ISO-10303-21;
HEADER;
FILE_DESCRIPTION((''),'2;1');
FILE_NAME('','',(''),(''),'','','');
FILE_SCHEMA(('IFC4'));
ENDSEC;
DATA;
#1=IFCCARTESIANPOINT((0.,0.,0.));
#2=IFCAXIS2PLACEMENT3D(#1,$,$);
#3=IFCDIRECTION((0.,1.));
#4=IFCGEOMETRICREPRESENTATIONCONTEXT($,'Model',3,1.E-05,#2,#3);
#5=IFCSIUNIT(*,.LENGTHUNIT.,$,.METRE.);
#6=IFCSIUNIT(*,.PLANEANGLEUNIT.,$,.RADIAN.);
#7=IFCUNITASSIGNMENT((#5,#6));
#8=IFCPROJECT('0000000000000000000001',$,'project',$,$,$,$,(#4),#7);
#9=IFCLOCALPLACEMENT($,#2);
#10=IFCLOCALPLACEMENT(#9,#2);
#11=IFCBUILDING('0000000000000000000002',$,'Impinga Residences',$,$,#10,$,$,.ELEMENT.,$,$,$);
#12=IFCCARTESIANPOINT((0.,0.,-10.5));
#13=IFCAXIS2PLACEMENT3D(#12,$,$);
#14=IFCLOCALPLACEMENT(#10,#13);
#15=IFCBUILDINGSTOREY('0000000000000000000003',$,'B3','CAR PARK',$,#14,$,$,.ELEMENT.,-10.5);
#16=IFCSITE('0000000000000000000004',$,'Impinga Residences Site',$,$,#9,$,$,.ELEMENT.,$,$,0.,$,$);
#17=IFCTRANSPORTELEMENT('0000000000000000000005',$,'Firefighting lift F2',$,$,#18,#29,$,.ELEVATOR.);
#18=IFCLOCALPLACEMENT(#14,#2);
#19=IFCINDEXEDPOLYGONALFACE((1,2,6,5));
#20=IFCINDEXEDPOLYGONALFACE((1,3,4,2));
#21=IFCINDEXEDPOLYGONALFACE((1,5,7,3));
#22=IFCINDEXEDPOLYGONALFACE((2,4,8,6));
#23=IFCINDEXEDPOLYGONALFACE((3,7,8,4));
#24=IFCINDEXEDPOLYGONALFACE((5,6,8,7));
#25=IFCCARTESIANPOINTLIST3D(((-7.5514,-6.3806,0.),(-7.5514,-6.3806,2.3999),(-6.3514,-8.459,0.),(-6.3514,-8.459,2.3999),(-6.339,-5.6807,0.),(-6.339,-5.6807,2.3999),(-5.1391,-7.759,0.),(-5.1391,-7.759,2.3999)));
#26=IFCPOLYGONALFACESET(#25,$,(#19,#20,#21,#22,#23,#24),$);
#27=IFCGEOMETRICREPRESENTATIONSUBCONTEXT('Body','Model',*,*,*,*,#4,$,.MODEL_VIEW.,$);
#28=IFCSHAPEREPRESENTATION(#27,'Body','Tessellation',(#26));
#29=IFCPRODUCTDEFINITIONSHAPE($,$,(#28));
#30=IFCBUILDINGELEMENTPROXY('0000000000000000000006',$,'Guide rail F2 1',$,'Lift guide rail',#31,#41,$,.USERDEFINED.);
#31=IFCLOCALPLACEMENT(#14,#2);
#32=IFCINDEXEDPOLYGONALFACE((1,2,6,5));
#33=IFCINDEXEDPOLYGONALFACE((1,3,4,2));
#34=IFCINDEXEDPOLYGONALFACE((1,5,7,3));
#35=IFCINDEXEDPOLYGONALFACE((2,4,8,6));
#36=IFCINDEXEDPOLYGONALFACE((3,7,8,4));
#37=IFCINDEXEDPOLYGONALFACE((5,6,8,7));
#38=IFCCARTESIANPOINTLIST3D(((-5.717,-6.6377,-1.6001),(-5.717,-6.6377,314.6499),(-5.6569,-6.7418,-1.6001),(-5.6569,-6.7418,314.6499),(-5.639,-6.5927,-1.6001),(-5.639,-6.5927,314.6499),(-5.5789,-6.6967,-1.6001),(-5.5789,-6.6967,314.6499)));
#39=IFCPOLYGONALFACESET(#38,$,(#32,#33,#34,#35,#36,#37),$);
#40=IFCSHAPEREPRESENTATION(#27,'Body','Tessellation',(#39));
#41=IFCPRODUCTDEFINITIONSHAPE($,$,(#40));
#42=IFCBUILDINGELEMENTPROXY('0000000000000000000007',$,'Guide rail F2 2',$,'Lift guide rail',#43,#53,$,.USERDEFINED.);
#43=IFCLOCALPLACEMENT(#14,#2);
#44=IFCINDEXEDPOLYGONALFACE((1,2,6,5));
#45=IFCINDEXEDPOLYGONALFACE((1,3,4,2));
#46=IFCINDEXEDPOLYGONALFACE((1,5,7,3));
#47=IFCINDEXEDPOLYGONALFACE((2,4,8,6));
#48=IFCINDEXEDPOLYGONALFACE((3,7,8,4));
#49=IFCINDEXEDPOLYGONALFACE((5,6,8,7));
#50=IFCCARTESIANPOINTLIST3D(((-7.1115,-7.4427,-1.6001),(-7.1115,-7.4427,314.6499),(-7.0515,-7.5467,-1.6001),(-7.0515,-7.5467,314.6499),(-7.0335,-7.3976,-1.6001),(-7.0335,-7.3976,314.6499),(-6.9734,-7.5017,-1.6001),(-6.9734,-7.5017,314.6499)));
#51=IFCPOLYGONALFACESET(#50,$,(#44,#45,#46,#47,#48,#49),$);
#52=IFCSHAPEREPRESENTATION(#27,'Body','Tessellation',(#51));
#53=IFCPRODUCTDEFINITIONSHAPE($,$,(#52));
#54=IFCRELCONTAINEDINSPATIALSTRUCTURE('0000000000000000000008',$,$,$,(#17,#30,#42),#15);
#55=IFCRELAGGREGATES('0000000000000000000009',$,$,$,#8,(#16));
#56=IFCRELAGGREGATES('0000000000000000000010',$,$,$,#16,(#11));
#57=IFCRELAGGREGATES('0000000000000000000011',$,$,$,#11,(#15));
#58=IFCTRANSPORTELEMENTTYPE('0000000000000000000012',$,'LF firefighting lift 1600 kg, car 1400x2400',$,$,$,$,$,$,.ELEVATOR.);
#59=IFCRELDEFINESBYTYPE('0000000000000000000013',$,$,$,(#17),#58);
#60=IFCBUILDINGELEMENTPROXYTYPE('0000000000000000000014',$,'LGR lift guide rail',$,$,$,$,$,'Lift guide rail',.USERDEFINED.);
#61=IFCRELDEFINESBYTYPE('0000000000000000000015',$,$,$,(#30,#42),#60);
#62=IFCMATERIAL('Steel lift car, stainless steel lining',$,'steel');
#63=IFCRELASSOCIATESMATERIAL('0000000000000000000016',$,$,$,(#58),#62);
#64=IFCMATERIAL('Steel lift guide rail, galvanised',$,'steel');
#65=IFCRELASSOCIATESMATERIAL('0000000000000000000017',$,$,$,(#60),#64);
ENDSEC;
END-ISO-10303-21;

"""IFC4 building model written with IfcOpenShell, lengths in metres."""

from ifc_helpers import new_model, si_unit, direction, frame, origin, origin_2d, place, context, subcontext, project, spatial, rectangle, extrude, material, type_object, element, save


model = new_model("IFC4")

# Units and contexts
model_context = context("Model", 3, precision=1e-05, world=origin(), true_north=direction((0.0, 1.0)))
body_context = subcontext(model_context, "Body", "Model", "MODEL_VIEW")
ifc_project = project(units=[si_unit("LENGTHUNIT", "METRE"), si_unit("PLANEANGLEUNIT", "RADIAN")], contexts=[model_context])

# Site, building, storey
site_placement = place(None, origin())
site = spatial("IfcSite", under=ifc_project, at=site_placement, Name="Impinga Residences Site", CompositionType="ELEMENT", RefElevation=0.0)
building_placement = place(site_placement, origin())
building = spatial("IfcBuilding", under=site, at=building_placement, Name="Impinga Residences", CompositionType="ELEMENT")
storey_placement = place(building_placement, frame((0.0, 0.0, -10.5)))
storey = spatial("IfcBuildingStorey", under=building, at=storey_placement, Name="B3", Description="CAR PARK", CompositionType="ELEMENT", Elevation=-10.5)

# Transport element
ifc_material_1 = material(Name="Steel lift car, stainless steel lining", Category="steel")
transport_element_type = type_object("IfcTransportElementType", Name="LF firefighting lift 1600 kg, car 1400x2400", PredefinedType="ELEVATOR", material=ifc_material_1)
transport_element_placement = place(storey_placement, frame((-6.3452, -7.0698, 0.0), z_axis=(0.0, 0.0, 1.0), x_axis=(-0.866025, -0.5, 0.0)))
element("IfcTransportElement", 1, at=transport_element_placement, inside=storey, type_object=transport_element_type, Name="Firefighting lift F2", PredefinedType="ELEVATOR", context=body_context, shape_type="SweptSolid", body=[
    extrude(rectangle(XDim=1.3999, YDim=2.3999, at=origin_2d()), origin(), (0.0, 0.0, 1.0), 2.3999),
])

# Building element proxies
ifc_material_2 = material(Name="Steel lift guide rail, galvanised", Category="steel")
building_element_proxy_type = type_object("IfcBuildingElementProxyType", Name="LGR lift guide rail", ElementType="Lift guide rail", PredefinedType="USERDEFINED", material=ifc_material_2)
for number, where, z_axis, x_axis, name in (
    (2, (-5.6479, -6.6672, -1.6001), (0.0, 0.0, 1.0), (-0.866025, -0.5, 0.0), "Guide rail F2 1"),
    (3, (-7.0425, -7.4722, -1.6001), (0.0, 0.0, 1.0), (-0.866025, -0.5, 0.0), "Guide rail F2 2"),
):
    element("IfcBuildingElementProxy", number, at=place(storey_placement, frame(where, z_axis=z_axis, x_axis=x_axis)), inside=storey, type_object=building_element_proxy_type, Name=name, ObjectType="Lift guide rail", PredefinedType="USERDEFINED", context=body_context, shape_type="SweptSolid", body=[
        extrude(rectangle(XDim=0.0901, YDim=0.1201, at=origin_2d()), origin(), (0.0, 0.0, 1.0), 316.25),
    ])

save(model, "model.ifc")
